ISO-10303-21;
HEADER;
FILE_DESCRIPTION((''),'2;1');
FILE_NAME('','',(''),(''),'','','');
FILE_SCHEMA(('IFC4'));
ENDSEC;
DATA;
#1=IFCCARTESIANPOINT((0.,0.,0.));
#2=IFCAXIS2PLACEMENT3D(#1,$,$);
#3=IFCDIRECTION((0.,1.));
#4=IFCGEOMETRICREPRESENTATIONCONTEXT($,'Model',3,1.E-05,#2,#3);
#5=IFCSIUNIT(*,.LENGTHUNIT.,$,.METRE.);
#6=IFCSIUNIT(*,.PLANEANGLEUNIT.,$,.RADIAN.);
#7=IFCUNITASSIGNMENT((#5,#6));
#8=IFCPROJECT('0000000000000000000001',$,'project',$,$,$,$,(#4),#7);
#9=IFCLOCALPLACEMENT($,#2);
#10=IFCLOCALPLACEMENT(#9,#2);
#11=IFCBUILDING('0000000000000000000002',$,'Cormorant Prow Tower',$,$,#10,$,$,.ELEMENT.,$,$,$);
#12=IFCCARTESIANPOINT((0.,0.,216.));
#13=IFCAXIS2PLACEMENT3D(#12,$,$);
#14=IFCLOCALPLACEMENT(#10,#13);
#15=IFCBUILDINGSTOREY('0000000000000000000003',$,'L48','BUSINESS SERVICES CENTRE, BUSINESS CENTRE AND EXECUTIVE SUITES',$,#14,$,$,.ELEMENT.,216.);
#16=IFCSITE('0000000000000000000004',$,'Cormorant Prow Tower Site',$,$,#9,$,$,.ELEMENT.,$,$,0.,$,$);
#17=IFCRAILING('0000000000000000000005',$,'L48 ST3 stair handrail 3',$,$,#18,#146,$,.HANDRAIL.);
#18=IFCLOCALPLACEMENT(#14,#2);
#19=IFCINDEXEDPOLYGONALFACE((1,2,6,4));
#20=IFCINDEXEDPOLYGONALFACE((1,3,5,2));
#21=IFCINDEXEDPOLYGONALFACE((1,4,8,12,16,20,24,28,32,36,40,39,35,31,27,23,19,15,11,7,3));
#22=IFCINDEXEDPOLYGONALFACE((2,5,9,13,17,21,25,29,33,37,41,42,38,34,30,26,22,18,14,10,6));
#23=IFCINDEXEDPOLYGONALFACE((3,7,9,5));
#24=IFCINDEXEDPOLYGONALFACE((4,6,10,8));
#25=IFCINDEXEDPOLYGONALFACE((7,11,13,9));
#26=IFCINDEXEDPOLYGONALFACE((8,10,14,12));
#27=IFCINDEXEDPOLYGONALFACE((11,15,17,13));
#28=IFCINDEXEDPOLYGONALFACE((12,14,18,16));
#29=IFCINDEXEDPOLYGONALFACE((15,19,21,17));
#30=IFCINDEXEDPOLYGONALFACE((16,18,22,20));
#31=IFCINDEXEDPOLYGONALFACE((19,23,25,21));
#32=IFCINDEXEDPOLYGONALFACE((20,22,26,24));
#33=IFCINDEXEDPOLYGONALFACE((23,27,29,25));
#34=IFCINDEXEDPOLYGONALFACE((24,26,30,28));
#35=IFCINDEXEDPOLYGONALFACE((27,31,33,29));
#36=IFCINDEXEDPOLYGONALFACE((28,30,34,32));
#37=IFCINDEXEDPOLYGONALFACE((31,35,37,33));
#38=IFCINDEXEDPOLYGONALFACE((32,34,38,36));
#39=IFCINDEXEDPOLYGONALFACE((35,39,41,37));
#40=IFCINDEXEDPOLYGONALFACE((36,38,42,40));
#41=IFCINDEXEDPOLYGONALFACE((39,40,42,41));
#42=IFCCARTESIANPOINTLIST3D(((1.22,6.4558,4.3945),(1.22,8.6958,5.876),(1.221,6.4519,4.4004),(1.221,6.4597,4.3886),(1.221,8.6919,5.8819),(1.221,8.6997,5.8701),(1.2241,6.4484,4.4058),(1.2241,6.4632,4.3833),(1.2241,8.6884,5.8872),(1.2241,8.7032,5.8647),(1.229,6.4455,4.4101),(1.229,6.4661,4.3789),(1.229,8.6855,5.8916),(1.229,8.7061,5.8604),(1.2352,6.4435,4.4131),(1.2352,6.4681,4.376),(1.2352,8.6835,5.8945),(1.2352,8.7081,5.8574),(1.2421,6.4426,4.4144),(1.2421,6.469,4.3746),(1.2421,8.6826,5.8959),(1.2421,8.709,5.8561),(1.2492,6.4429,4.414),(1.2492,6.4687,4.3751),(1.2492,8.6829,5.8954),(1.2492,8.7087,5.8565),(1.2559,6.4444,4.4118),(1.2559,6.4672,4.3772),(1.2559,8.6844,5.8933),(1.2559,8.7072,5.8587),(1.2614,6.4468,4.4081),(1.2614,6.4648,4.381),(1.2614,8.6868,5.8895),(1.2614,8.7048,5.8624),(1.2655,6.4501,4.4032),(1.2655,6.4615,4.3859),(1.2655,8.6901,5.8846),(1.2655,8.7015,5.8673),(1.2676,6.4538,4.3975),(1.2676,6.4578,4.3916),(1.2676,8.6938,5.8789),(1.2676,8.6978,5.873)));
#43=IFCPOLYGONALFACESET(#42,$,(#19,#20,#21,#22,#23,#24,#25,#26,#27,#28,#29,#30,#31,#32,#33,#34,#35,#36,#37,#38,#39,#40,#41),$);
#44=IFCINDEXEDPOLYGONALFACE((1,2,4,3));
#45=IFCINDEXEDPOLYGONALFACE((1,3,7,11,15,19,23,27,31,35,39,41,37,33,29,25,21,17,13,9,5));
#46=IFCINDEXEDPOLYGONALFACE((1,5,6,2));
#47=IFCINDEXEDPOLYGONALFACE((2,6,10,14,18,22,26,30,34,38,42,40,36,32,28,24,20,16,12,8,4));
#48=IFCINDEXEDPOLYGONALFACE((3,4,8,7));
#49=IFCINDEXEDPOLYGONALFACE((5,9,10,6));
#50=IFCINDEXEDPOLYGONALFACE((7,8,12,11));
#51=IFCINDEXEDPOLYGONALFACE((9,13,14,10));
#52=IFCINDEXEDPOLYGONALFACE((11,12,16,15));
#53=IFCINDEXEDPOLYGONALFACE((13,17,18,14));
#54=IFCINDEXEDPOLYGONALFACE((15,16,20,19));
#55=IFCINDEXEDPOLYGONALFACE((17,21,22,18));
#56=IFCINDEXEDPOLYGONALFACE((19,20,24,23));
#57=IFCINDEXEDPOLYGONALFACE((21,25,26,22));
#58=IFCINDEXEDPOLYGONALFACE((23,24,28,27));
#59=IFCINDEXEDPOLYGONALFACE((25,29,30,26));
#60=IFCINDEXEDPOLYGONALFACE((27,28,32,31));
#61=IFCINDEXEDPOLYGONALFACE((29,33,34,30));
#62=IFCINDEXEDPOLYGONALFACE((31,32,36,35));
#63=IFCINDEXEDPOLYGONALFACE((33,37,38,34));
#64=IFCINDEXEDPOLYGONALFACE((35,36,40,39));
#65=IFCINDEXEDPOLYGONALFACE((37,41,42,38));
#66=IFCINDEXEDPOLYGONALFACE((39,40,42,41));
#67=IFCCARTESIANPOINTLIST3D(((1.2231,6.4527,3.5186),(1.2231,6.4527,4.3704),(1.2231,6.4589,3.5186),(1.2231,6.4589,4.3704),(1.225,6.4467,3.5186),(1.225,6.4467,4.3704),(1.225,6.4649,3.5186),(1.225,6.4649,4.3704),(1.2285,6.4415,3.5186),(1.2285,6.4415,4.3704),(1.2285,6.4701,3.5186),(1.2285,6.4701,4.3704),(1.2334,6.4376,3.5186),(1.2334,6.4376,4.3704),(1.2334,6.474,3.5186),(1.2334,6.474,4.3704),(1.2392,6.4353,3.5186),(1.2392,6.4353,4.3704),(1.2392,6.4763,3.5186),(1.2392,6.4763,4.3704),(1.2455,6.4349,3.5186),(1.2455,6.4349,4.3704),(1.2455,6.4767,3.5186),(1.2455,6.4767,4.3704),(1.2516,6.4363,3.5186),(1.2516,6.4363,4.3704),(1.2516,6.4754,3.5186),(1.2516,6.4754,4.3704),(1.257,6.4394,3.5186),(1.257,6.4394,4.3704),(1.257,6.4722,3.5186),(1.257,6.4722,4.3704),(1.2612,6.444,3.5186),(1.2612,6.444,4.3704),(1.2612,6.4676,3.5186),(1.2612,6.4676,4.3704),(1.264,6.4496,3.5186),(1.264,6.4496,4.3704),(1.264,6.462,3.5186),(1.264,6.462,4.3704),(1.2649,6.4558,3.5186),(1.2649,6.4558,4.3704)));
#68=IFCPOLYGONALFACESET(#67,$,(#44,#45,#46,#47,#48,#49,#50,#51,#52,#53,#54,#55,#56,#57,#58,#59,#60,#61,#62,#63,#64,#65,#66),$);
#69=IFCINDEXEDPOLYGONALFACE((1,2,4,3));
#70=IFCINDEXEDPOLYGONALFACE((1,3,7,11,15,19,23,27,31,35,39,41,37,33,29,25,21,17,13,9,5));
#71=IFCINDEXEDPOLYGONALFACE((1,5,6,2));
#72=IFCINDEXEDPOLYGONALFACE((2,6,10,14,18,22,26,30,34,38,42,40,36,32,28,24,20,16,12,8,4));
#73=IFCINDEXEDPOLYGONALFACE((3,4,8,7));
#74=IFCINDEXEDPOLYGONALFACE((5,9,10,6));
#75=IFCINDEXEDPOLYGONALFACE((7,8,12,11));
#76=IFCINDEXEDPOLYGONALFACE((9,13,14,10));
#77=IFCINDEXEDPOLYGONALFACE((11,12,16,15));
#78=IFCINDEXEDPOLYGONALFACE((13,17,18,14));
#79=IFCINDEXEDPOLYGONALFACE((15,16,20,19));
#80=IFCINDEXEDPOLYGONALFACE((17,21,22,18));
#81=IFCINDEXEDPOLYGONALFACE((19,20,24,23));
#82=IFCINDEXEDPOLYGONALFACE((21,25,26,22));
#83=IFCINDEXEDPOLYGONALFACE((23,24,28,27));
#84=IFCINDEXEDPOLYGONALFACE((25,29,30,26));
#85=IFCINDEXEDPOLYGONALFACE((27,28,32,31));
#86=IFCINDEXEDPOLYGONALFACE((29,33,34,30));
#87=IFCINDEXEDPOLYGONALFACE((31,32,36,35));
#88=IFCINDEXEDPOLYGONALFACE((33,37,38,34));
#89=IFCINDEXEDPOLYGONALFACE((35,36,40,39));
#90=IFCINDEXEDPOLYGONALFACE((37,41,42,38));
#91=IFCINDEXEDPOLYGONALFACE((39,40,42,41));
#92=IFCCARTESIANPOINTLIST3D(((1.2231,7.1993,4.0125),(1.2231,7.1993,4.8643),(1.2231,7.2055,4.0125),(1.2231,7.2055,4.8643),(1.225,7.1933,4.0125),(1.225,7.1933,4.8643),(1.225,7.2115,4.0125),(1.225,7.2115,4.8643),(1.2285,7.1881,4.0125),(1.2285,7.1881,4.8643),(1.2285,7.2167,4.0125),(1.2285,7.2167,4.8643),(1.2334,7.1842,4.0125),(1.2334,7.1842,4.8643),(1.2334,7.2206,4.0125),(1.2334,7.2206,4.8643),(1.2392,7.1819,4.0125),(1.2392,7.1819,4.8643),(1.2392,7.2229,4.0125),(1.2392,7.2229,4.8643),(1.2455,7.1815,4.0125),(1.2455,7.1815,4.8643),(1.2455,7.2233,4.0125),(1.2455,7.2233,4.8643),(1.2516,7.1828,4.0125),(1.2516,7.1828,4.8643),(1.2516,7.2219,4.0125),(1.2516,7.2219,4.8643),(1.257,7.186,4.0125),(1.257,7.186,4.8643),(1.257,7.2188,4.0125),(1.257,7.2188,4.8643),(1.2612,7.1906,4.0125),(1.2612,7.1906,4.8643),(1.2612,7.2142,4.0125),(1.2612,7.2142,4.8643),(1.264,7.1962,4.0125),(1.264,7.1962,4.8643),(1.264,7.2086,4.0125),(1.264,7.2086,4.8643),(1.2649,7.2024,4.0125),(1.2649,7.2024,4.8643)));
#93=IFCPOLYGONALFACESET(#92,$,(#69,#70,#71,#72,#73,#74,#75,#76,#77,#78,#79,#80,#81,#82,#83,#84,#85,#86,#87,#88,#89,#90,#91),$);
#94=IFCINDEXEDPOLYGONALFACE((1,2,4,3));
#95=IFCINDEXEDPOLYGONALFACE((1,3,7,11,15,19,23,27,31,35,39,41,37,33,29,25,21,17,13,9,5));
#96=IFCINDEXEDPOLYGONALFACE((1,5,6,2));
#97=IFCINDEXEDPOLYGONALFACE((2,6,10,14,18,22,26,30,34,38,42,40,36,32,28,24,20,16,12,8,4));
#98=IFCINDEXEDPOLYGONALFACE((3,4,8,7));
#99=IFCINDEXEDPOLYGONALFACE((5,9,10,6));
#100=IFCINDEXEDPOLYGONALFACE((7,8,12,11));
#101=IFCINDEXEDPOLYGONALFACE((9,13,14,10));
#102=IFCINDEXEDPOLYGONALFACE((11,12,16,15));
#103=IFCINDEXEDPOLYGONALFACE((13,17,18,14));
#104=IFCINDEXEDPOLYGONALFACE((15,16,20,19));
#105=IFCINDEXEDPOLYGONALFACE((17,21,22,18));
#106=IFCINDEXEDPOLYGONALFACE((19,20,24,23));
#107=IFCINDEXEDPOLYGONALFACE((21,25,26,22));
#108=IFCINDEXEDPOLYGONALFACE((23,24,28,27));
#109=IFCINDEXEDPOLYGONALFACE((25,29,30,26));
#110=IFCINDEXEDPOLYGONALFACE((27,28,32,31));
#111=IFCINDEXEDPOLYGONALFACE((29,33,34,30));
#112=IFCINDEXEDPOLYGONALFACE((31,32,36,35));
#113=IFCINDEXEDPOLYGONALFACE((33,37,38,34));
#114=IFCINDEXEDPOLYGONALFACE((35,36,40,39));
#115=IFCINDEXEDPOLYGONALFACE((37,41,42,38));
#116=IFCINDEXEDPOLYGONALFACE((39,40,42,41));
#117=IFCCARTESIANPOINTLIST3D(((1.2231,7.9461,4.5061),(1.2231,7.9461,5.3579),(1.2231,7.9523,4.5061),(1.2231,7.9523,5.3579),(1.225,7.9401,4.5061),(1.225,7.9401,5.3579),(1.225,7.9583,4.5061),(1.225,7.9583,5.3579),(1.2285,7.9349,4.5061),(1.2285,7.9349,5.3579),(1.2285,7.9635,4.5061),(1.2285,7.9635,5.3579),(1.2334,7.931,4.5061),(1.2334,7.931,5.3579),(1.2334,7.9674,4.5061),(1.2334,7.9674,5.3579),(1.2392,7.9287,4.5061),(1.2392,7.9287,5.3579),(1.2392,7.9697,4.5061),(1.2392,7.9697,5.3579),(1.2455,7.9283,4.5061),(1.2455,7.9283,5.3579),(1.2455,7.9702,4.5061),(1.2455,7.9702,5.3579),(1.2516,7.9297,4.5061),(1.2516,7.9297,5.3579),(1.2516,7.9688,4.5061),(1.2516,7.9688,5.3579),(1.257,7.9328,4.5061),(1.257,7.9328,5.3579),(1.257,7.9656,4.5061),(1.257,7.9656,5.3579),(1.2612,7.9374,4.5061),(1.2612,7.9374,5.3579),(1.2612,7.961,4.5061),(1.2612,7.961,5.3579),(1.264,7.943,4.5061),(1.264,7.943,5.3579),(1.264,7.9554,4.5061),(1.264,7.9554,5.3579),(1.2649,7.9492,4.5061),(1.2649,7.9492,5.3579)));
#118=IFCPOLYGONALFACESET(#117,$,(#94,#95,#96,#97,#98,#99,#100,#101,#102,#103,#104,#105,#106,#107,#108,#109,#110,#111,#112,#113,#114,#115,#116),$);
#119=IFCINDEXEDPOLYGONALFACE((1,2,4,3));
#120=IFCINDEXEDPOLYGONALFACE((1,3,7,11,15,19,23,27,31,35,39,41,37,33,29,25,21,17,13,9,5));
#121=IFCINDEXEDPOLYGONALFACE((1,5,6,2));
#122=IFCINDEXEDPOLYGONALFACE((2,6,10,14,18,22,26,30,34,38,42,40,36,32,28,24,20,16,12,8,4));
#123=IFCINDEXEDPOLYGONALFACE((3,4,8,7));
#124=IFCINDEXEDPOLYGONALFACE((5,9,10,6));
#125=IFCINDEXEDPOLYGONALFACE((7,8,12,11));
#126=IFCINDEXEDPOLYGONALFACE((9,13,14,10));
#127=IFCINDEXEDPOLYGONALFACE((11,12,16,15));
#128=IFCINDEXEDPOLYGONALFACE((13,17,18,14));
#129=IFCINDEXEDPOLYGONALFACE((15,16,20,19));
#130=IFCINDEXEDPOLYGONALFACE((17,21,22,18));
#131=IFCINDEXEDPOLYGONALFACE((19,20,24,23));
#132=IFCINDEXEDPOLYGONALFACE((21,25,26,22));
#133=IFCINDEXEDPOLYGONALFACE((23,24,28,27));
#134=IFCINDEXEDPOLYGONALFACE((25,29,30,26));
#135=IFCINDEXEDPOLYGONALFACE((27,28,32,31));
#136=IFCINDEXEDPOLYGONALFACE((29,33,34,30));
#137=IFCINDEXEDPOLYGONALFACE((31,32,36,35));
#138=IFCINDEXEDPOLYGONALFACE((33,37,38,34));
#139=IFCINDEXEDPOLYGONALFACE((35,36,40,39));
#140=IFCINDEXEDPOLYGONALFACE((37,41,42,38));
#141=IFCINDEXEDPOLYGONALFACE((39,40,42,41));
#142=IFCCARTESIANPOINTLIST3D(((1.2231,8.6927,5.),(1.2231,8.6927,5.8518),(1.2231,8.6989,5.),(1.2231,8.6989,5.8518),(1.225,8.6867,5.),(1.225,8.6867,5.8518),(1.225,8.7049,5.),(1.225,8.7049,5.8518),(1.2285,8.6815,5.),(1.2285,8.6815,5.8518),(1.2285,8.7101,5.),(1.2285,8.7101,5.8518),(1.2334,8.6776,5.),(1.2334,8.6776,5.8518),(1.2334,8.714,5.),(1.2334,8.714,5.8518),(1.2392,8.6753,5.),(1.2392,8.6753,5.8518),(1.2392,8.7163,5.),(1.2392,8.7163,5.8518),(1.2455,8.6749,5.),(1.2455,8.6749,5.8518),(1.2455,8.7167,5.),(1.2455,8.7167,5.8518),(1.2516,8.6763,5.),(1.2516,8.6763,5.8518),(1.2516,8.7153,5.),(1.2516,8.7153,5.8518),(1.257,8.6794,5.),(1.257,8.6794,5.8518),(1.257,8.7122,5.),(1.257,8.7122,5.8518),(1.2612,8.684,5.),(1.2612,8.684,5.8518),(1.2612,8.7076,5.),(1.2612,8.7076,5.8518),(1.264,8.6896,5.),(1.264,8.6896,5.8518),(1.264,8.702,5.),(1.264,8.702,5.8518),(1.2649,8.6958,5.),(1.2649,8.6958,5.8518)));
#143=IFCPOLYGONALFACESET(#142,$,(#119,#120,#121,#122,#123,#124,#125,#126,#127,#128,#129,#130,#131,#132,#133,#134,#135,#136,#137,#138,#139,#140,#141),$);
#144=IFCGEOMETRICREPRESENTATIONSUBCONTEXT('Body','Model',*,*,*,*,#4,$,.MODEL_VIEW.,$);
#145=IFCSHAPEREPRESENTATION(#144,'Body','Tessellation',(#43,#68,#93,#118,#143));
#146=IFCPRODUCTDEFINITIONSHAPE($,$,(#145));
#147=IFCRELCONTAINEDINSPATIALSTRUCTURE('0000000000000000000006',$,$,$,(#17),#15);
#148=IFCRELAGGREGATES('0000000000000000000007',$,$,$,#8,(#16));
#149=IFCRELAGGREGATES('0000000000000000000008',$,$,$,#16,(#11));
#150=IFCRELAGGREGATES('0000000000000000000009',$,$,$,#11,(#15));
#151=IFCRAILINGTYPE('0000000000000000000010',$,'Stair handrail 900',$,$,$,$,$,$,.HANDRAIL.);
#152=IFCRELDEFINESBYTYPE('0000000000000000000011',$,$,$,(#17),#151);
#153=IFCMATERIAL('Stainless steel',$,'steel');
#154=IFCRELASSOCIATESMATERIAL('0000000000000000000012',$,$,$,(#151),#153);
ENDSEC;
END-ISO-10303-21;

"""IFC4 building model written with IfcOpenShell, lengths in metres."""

from ifc_helpers import new_model, si_unit, direction, frame, origin, origin_2d, place, context, subcontext, project, spatial, circle, extrude, material, type_object, element, save


model = new_model("IFC4")

# Units and contexts
model_context = context("Model", 3, precision=1e-05, world=origin(), true_north=direction((0.0, 1.0)))
body_context = subcontext(model_context, "Body", "Model", "MODEL_VIEW")
ifc_project = project(units=[si_unit("LENGTHUNIT", "METRE"), si_unit("PLANEANGLEUNIT", "RADIAN")], contexts=[model_context])

# Site, building, storey
site_placement = place(None, origin())
site = spatial("IfcSite", under=ifc_project, at=site_placement, Name="Cormorant Prow Tower Site", CompositionType="ELEMENT", RefElevation=0.0)
building_placement = place(site_placement, origin())
building = spatial("IfcBuilding", under=site, at=building_placement, Name="Cormorant Prow Tower", CompositionType="ELEMENT")
storey_placement = place(building_placement, frame((0.0, 0.0, 216.0)))
storey = spatial("IfcBuildingStorey", under=building, at=storey_placement, Name="L48", Description="BUSINESS SERVICES CENTRE, BUSINESS CENTRE AND EXECUTIVE SUITES", CompositionType="ELEMENT", Elevation=216.0)

# Railing
ifc_material_1 = material(Name="Stainless steel", Category="steel")
railing_type = type_object("IfcRailingType", Name="Stair handrail 900", PredefinedType="HANDRAIL", material=ifc_material_1)
for number, where, name in (
    (1, (1.2439, 6.4558, 3.5186), "L48 ST3 stair handrail 3"),
):
    element("IfcRailing", number, at=place(storey_placement, frame(where)), inside=storey, type_object=railing_type, Name=name, PredefinedType="HANDRAIL", context=body_context, shape_type="SweptSolid", body=[
        extrude(circle(Radius=0.0239, at=origin_2d()), frame((0.0, 0.0, 0.876), z_axis=(0.0, 0.834087, 0.551634), x_axis=(-1.0, 0.0, 0.0)), (0.0, 0.0, 1.0), 2.6855),
        extrude(circle(Radius=0.021, at=origin_2d()), origin(), (0.0, 0.0, 1.0), 0.8518),
        extrude(circle(Radius=0.021, at=origin_2d()), frame((0.0, 0.7466, 0.4939)), (0.0, 0.0, 1.0), 0.8518),
        extrude(circle(Radius=0.021, at=origin_2d()), frame((0.0, 1.4934, 0.9875)), (0.0, 0.0, 1.0), 0.8518),
        extrude(circle(Radius=0.021, at=origin_2d()), frame((0.0, 2.24, 1.4814)), (0.0, 0.0, 1.0), 0.8518),
    ])

save(model, "model.ifc")
